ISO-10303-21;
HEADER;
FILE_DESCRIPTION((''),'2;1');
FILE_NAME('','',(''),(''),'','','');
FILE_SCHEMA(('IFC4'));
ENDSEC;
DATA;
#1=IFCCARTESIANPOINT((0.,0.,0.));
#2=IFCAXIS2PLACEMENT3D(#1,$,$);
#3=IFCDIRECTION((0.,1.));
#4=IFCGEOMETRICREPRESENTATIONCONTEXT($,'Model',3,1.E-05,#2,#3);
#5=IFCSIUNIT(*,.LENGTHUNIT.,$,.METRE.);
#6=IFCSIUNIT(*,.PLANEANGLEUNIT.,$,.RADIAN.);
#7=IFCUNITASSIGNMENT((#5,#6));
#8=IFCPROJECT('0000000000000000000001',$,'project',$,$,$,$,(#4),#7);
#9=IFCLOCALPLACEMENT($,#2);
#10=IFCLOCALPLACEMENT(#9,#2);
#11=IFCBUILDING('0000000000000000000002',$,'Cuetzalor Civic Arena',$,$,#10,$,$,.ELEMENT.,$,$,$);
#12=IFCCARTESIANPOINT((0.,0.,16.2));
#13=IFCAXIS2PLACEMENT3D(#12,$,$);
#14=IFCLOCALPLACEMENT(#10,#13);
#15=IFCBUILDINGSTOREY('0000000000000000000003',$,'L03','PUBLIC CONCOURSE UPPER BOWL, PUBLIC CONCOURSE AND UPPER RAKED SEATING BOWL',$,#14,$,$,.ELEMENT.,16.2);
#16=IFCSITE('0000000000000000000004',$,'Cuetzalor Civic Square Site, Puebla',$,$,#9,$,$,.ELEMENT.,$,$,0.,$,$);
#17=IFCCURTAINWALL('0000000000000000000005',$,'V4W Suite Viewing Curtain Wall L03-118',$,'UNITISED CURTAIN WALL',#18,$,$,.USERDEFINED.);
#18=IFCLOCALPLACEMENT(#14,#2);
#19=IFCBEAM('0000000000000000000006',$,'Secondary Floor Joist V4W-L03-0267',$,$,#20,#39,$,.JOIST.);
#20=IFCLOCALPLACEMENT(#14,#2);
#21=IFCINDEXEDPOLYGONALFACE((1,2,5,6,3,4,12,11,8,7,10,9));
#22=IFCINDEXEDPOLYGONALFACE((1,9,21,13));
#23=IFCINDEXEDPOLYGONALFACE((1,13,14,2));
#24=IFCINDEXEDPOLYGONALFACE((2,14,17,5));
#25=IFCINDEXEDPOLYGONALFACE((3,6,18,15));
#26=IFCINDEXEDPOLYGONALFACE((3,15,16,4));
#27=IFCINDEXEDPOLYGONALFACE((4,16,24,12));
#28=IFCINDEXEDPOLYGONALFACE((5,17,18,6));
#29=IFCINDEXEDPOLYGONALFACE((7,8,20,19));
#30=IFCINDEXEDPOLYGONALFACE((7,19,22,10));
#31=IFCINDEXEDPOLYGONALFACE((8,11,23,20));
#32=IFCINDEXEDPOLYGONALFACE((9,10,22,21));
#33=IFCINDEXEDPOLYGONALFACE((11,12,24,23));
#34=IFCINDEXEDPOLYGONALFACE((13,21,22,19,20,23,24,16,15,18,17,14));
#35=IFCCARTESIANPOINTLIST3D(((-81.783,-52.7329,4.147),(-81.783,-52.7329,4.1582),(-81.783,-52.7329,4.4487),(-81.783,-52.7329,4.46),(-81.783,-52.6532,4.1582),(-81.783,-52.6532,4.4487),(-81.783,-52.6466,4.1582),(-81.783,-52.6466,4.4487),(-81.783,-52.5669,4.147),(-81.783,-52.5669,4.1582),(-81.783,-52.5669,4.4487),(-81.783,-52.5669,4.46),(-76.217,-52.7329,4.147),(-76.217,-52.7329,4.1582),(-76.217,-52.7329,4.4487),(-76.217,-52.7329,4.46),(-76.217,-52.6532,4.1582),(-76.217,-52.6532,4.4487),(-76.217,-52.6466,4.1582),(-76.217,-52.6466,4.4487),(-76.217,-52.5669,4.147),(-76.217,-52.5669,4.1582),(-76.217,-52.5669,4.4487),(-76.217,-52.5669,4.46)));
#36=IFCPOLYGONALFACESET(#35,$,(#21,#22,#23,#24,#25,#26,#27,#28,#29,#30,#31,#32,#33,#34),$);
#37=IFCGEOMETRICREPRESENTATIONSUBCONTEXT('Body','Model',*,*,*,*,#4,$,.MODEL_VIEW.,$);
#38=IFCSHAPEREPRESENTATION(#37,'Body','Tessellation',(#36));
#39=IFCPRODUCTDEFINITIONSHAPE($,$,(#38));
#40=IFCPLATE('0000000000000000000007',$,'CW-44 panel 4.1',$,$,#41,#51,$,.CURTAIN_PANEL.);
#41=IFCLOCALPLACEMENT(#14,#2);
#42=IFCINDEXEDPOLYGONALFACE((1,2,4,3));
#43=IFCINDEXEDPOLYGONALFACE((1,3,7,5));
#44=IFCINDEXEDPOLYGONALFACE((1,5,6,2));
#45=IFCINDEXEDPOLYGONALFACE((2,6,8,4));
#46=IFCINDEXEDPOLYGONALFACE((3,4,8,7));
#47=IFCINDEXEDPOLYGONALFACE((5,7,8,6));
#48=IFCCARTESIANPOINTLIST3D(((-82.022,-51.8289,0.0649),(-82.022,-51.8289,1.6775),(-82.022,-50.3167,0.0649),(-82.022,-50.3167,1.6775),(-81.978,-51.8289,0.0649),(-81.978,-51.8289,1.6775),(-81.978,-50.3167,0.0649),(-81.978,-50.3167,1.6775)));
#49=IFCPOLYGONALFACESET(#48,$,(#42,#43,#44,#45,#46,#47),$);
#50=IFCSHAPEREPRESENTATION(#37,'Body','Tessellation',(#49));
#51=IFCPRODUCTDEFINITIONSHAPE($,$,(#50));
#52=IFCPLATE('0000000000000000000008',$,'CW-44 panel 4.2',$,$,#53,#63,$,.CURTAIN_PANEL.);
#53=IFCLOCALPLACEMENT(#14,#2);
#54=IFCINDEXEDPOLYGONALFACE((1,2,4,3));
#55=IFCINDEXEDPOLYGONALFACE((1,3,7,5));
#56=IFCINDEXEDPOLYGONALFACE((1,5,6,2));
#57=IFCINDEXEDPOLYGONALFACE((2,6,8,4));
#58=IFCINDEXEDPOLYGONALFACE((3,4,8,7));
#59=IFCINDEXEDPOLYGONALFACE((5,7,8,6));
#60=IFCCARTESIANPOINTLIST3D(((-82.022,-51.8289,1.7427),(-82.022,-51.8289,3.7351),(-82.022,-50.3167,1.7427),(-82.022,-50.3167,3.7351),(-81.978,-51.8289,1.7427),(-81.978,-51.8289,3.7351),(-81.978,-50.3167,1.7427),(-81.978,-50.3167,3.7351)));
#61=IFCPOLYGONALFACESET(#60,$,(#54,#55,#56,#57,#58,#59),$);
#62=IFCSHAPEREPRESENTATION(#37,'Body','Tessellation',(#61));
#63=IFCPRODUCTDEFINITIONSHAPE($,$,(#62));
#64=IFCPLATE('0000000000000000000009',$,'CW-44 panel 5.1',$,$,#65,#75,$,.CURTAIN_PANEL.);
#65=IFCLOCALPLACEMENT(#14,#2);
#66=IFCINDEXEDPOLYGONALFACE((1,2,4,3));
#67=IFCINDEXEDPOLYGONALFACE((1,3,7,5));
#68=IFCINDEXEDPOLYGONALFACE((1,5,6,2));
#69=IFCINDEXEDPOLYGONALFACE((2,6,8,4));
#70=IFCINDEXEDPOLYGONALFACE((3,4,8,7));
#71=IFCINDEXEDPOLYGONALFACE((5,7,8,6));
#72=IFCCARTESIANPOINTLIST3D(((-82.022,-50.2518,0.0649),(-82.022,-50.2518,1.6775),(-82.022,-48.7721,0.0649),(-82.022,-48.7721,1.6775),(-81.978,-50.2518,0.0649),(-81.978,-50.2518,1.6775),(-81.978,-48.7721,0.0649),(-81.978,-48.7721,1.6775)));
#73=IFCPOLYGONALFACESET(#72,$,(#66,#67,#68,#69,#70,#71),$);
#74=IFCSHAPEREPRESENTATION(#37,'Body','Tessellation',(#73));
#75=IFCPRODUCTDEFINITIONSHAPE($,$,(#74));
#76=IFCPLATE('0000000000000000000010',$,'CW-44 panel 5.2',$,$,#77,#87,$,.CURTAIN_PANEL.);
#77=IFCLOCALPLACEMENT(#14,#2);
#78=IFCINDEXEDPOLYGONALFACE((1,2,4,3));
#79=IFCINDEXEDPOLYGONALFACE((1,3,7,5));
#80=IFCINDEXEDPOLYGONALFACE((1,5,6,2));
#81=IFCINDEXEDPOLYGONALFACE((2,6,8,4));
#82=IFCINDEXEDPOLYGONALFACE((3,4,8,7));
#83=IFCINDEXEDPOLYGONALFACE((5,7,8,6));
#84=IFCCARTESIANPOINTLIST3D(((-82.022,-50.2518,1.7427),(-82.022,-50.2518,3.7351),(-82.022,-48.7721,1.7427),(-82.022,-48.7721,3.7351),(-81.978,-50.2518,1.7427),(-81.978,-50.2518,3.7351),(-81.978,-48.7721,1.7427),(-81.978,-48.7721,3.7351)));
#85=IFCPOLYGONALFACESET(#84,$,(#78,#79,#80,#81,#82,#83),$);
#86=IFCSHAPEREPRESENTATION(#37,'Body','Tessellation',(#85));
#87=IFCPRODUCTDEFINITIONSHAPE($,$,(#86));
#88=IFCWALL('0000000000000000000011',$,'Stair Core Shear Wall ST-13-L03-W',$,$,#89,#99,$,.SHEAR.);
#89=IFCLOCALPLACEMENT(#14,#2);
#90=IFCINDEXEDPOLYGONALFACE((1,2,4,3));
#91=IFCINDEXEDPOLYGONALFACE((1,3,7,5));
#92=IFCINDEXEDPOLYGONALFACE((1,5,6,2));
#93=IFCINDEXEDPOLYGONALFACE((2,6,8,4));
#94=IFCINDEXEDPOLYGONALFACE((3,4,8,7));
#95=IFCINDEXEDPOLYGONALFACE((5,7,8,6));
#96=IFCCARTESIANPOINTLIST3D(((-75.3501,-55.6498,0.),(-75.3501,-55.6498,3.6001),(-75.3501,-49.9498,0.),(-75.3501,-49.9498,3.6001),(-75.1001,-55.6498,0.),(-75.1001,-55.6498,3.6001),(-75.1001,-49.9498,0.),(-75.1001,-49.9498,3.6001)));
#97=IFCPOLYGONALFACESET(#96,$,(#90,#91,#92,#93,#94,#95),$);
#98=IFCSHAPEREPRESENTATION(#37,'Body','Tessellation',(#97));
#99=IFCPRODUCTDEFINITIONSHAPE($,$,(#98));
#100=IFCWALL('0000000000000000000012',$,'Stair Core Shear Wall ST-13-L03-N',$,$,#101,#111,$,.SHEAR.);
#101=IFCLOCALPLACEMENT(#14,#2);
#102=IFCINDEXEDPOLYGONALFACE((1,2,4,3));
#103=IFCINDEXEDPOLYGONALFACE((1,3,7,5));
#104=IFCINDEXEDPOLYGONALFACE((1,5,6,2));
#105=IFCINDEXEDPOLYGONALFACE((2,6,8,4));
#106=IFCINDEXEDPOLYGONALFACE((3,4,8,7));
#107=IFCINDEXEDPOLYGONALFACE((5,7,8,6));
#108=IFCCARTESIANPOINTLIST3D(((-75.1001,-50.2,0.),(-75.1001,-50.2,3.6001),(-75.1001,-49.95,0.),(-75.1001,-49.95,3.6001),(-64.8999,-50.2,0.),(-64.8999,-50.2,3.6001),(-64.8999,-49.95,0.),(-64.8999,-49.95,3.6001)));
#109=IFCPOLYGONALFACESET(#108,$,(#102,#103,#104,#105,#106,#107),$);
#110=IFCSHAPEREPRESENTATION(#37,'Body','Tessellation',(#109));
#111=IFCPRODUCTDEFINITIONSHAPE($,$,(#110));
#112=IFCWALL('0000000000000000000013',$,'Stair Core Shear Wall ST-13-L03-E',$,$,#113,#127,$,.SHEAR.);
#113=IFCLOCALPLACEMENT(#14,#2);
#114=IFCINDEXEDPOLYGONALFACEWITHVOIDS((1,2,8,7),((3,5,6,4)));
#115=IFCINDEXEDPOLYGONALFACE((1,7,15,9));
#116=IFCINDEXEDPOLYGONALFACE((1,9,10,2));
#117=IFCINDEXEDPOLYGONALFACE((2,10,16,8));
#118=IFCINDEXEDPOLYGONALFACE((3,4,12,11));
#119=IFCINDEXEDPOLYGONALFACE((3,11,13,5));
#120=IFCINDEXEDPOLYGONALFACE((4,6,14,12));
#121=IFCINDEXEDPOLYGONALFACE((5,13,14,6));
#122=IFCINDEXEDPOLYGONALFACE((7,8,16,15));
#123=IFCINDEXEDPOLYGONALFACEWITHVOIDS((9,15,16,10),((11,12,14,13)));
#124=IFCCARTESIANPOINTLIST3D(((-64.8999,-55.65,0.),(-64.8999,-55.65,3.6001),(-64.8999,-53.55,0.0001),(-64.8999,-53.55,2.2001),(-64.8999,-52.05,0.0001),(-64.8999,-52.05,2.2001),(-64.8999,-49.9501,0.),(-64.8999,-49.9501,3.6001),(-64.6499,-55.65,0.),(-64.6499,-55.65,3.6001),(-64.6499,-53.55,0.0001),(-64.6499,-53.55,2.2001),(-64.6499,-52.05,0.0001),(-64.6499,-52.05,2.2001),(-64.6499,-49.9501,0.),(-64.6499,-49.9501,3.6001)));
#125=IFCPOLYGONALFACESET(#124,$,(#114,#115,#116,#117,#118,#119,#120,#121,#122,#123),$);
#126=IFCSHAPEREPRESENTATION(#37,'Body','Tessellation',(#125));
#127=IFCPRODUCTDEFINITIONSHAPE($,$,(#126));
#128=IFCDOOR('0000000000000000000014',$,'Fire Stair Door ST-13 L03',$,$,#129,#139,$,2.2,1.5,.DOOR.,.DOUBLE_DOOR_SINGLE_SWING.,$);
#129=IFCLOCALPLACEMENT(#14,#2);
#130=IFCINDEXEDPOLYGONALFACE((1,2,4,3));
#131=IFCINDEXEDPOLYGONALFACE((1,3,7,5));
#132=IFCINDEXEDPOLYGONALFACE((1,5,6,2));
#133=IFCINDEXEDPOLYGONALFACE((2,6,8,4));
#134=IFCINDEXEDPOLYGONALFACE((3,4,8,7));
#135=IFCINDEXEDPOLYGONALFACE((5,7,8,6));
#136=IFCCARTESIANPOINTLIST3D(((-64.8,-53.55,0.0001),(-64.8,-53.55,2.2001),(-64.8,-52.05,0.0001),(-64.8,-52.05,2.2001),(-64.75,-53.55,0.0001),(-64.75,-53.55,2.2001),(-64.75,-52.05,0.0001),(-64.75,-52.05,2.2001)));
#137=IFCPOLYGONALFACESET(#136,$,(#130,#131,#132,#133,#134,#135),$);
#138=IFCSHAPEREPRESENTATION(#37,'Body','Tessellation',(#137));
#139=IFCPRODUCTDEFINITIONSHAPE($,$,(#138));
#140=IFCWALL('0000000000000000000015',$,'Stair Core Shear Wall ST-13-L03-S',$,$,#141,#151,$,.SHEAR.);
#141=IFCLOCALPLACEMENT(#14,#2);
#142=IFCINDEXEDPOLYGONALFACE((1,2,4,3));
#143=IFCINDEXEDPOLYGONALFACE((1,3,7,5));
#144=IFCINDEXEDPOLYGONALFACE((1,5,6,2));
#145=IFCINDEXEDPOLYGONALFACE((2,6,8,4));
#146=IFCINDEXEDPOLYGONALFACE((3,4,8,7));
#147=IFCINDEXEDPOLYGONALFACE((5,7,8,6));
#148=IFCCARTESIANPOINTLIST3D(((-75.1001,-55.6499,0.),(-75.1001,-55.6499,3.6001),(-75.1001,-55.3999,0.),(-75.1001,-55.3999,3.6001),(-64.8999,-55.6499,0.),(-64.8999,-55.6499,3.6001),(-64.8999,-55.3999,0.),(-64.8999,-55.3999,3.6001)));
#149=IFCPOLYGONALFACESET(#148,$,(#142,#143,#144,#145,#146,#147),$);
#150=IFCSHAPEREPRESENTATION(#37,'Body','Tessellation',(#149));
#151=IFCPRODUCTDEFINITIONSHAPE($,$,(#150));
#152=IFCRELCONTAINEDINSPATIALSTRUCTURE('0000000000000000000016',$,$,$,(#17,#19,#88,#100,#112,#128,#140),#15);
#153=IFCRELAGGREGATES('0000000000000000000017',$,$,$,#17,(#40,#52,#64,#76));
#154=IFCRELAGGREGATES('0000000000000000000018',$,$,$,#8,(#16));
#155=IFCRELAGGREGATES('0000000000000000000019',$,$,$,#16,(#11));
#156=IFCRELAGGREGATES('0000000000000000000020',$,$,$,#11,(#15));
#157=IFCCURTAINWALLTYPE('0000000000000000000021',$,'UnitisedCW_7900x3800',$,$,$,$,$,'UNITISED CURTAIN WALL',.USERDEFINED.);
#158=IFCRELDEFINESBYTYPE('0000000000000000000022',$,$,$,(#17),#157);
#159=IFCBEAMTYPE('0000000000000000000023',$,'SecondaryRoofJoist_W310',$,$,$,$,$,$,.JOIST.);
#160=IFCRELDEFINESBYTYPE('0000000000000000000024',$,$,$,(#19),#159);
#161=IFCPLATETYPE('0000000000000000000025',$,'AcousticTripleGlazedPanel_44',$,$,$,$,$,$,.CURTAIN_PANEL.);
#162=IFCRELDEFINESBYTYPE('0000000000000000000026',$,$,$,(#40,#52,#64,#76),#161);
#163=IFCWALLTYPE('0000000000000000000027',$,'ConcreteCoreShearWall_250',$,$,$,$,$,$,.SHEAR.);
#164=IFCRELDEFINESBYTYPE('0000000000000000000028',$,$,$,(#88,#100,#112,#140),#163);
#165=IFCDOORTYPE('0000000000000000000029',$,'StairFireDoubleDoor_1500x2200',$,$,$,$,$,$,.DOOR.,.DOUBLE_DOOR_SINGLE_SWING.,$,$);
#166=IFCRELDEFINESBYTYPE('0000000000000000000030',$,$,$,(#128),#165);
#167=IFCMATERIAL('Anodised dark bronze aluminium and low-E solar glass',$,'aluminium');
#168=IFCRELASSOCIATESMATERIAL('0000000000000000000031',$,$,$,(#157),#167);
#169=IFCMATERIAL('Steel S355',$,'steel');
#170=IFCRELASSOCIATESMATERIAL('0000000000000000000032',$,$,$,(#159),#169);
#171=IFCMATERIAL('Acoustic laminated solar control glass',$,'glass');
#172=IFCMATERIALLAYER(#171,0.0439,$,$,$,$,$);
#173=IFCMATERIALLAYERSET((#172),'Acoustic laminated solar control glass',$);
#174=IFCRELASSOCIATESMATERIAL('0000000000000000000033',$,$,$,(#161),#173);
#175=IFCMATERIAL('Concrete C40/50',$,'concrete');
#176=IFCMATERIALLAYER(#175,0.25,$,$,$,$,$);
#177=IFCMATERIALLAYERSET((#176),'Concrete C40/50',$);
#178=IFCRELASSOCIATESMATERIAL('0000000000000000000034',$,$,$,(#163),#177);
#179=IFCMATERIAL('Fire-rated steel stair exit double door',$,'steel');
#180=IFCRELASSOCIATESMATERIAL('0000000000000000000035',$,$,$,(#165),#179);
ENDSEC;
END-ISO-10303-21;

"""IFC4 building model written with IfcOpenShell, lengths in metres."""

from ifc_helpers import new_model, si_unit, direction, frame, frame_2d, origin, origin_2d, place, context, subcontext, project, spatial, rectangle, i_section, extrude, material, layer, layer_set, material_profile, profile_set, type_object, element, fill, aggregate, save


model = new_model("IFC4")

# Units and contexts
model_context = context("Model", 3, precision=1e-05, world=origin(), true_north=direction((0.0, 1.0)))
body_context = subcontext(model_context, "Body", "Model", "MODEL_VIEW")
ifc_project = project(units=[si_unit("LENGTHUNIT", "METRE"), si_unit("PLANEANGLEUNIT", "RADIAN")], contexts=[model_context])

# Site, building, storey
site_placement = place(None, origin())
site = spatial("IfcSite", under=ifc_project, at=site_placement, Name="Cuetzalor Civic Square Site, Puebla", CompositionType="ELEMENT", RefElevation=0.0)
building_placement = place(site_placement, origin())
building = spatial("IfcBuilding", under=site, at=building_placement, Name="Cuetzalor Civic Arena", CompositionType="ELEMENT")
storey_placement = place(building_placement, frame((0.0, 0.0, 16.2)))
storey = spatial("IfcBuildingStorey", under=building, at=storey_placement, Name="L03", Description="PUBLIC CONCOURSE UPPER BOWL, PUBLIC CONCOURSE AND UPPER RAKED SEATING BOWL", CompositionType="ELEMENT", Elevation=16.2)

# Curtain wall
ifc_material_1 = material(Name="Anodised dark bronze aluminium and low-E solar glass", Category="aluminium")
curtain_wall_type = type_object("IfcCurtainWallType", Name="UnitisedCW_7900x3800", ElementType="UNITISED CURTAIN WALL", PredefinedType="USERDEFINED", material=ifc_material_1)
curtain_wall_placement = place(storey_placement, origin())
curtain_wall = element("IfcCurtainWall", 1, at=curtain_wall_placement, inside=storey, type_object=curtain_wall_type, Name="V4W Suite Viewing Curtain Wall L03-118", ObjectType="UNITISED CURTAIN WALL", PredefinedType="USERDEFINED")

# Beam
ifc_material_2 = material(Name="Steel S355", Category="steel")
ifc_material_profile_1 = material_profile(ifc_material_2, i_section(OverallWidth=0.166, OverallDepth=0.313, WebThickness=0.0066, FlangeThickness=0.0112, at=origin_2d()), Name="W310x45")
ifc_profile_set_1 = profile_set([ifc_material_profile_1], Name="Steel S355")
beam_type_1 = type_object("IfcBeamType", Name="SecondaryRoofJoist_W310", PredefinedType="JOIST", material=ifc_profile_set_1)
beam_1_placement = place(storey_placement, frame((-81.783, -52.6499, 4.3035), z_axis=(1.0, 0.0, 0.0), x_axis=(0.0, 1.0, 0.0)))
element("IfcBeam", 2, at=beam_1_placement, inside=storey, type_object=beam_type_1, Name="Secondary Floor Joist V4W-L03-0267", PredefinedType="JOIST", context=body_context, shape_type="SweptSolid", body=[
    extrude(i_section(OverallWidth=0.166, OverallDepth=0.313, WebThickness=0.0066, FlangeThickness=0.0112, at=origin_2d()), origin(), (0.0, 0.0, 1.0), 5.5659),
])

# Plates
ifc_material_3 = material(Name="Acoustic laminated solar control glass", Category="glass")
ifc_layer_1 = layer(ifc_material_3, 0.0439)
ifc_layer_set_1 = layer_set([ifc_layer_1], Name="Acoustic laminated solar control glass")
plate_type = type_object("IfcPlateType", Name="AcousticTripleGlazedPanel_44", PredefinedType="CURTAIN_PANEL", material=ifc_layer_set_1)
plate_1_placement = place(storey_placement, frame((-82.0, -51.0728, 0.0649), z_axis=(0.0, 0.0, 1.0), x_axis=(0.0, 1.0, 0.0)))
plate_1 = element("IfcPlate", 3, at=plate_1_placement, type_object=plate_type, Name="CW-44 panel 4.1", PredefinedType="CURTAIN_PANEL", context=body_context, shape_type="SweptSolid", body=[
    extrude(rectangle(XDim=1.5122, YDim=0.0439, at=origin_2d()), origin(), (0.0, 0.0, 1.0), 1.6125),
])
plate_2_placement = place(storey_placement, frame((-82.0, -51.0728, 1.7427), z_axis=(0.0, 0.0, 1.0), x_axis=(0.0, 1.0, 0.0)))
plate_2 = element("IfcPlate", 4, at=plate_2_placement, type_object=plate_type, Name="CW-44 panel 4.2", PredefinedType="CURTAIN_PANEL", context=body_context, shape_type="SweptSolid", body=[
    extrude(rectangle(XDim=1.5122, YDim=0.0439, at=origin_2d()), origin(), (0.0, 0.0, 1.0), 1.9924),
])
plate_3_placement = place(storey_placement, frame((-82.0, -49.512, 0.0649), z_axis=(0.0, 0.0, 1.0), x_axis=(0.0, 1.0, 0.0)))
plate_3 = element("IfcPlate", 5, at=plate_3_placement, type_object=plate_type, Name="CW-44 panel 5.1", PredefinedType="CURTAIN_PANEL", context=body_context, shape_type="SweptSolid", body=[
    extrude(rectangle(XDim=1.4797, YDim=0.0439, at=origin_2d()), origin(), (0.0, 0.0, 1.0), 1.6125),
])
plate_4_placement = place(storey_placement, frame((-82.0, -49.512, 1.7427), z_axis=(0.0, 0.0, 1.0), x_axis=(0.0, 1.0, 0.0)))
plate_4 = element("IfcPlate", 6, at=plate_4_placement, type_object=plate_type, Name="CW-44 panel 5.2", PredefinedType="CURTAIN_PANEL", context=body_context, shape_type="SweptSolid", body=[
    extrude(rectangle(XDim=1.4797, YDim=0.0439, at=origin_2d()), origin(), (0.0, 0.0, 1.0), 1.9924),
])
aggregate(curtain_wall, [plate_1, plate_2, plate_3, plate_4])

# Walls
ifc_material_4 = material(Name="Concrete C40/50", Category="concrete")
ifc_layer_2 = layer(ifc_material_4, 0.25)
ifc_layer_set_2 = layer_set([ifc_layer_2], Name="Concrete C40/50")
wall_type = type_object("IfcWallType", Name="ConcreteCoreShearWall_250", PredefinedType="SHEAR", material=ifc_layer_set_2)
wall_1_placement = place(storey_placement, frame((-75.2251, -55.6499, 0.0), z_axis=(0.0, 0.0, 1.0), x_axis=(0.0, 1.0, 0.0)))
element("IfcWall", 7, at=wall_1_placement, inside=storey, type_object=wall_type, Name="Stair Core Shear Wall ST-13-L03-W", PredefinedType="SHEAR", context=body_context, shape_type="SweptSolid", body=[
    extrude(rectangle(XDim=5.7, YDim=0.25, at=frame_2d((2.8501, 0.0))), origin(), (0.0, 0.0, 1.0), 3.6001),
])
wall_2_placement = place(storey_placement, frame((-75.1001, -50.075, 0.0), z_axis=(0.0, 0.0, 1.0), x_axis=(1.0, 0.0, 0.0)))
element("IfcWall", 8, at=wall_2_placement, inside=storey, type_object=wall_type, Name="Stair Core Shear Wall ST-13-L03-N", PredefinedType="SHEAR", context=body_context, shape_type="SweptSolid", body=[
    extrude(rectangle(XDim=10.2002, YDim=0.25, at=frame_2d((5.1001, 0.0))), origin(), (0.0, 0.0, 1.0), 3.6001),
])

# Wall, opening, door
wall_3_placement = place(storey_placement, frame((-64.7749, -49.95, 0.0), z_axis=(0.0, 0.0, 1.0), x_axis=(0.0, -1.0, 0.0)))
wall_3 = element("IfcWall", 9, at=wall_3_placement, inside=storey, type_object=wall_type, Name="Stair Core Shear Wall ST-13-L03-E", PredefinedType="SHEAR", context=body_context, shape_type="SweptSolid", body=[
    extrude(rectangle(XDim=5.7, YDim=0.25, at=frame_2d((2.8501, 0.0))), origin(), (0.0, 0.0, 1.0), 3.6001),
])
opening_placement = place(wall_3_placement, frame((2.1001, 0.0, 0.0)))
opening = element("IfcOpeningElement", 10, at=opening_placement, cuts=wall_3, PredefinedType="OPENING", context=body_context, shape_type="SweptSolid", body=[
    extrude(rectangle(XDim=1.5, YDim=2.2, at=frame_2d((0.75, 1.1001))), frame((0.0, 0.135, 0.0), z_axis=(0.0, -1.0, 0.0), x_axis=(1.0, 0.0, 0.0)), (0.0, 0.0, 1.0), 0.27),
])
ifc_material_5 = material(Name="Fire-rated steel stair exit double door", Category="steel")
door_type = type_object("IfcDoorType", Name="StairFireDoubleDoor_1500x2200", OperationType="DOUBLE_DOOR_SINGLE_SWING", PredefinedType="DOOR", material=ifc_material_5)
door_placement = place(opening_placement, origin())
door = element("IfcDoor", 11, at=door_placement, inside=storey, type_object=door_type, Name="Fire Stair Door ST-13 L03", OperationType="DOUBLE_DOOR_SINGLE_SWING", OverallHeight=2.2, OverallWidth=1.5, PredefinedType="DOOR", context=body_context, shape_type="SweptSolid", body=[
    extrude(rectangle(XDim=1.5, YDim=2.2, at=frame_2d((0.75, 1.1001))), frame((0.0, 0.0249, 0.0), z_axis=(0.0, -1.0, 0.0), x_axis=(1.0, 0.0, 0.0)), (0.0, 0.0, 1.0), 0.05),
])
fill(opening, door)

# Wall
wall_4_placement = place(storey_placement, frame((-64.8999, -55.5249, 0.0), z_axis=(0.0, 0.0, 1.0), x_axis=(-1.0, 0.0, 0.0)))
element("IfcWall", 12, at=wall_4_placement, inside=storey, type_object=wall_type, Name="Stair Core Shear Wall ST-13-L03-S", PredefinedType="SHEAR", context=body_context, shape_type="SweptSolid", body=[
    extrude(rectangle(XDim=10.2002, YDim=0.25, at=frame_2d((5.1001, 0.0))), origin(), (0.0, 0.0, 1.0), 3.6001),
])

save(model, "model.ifc")
